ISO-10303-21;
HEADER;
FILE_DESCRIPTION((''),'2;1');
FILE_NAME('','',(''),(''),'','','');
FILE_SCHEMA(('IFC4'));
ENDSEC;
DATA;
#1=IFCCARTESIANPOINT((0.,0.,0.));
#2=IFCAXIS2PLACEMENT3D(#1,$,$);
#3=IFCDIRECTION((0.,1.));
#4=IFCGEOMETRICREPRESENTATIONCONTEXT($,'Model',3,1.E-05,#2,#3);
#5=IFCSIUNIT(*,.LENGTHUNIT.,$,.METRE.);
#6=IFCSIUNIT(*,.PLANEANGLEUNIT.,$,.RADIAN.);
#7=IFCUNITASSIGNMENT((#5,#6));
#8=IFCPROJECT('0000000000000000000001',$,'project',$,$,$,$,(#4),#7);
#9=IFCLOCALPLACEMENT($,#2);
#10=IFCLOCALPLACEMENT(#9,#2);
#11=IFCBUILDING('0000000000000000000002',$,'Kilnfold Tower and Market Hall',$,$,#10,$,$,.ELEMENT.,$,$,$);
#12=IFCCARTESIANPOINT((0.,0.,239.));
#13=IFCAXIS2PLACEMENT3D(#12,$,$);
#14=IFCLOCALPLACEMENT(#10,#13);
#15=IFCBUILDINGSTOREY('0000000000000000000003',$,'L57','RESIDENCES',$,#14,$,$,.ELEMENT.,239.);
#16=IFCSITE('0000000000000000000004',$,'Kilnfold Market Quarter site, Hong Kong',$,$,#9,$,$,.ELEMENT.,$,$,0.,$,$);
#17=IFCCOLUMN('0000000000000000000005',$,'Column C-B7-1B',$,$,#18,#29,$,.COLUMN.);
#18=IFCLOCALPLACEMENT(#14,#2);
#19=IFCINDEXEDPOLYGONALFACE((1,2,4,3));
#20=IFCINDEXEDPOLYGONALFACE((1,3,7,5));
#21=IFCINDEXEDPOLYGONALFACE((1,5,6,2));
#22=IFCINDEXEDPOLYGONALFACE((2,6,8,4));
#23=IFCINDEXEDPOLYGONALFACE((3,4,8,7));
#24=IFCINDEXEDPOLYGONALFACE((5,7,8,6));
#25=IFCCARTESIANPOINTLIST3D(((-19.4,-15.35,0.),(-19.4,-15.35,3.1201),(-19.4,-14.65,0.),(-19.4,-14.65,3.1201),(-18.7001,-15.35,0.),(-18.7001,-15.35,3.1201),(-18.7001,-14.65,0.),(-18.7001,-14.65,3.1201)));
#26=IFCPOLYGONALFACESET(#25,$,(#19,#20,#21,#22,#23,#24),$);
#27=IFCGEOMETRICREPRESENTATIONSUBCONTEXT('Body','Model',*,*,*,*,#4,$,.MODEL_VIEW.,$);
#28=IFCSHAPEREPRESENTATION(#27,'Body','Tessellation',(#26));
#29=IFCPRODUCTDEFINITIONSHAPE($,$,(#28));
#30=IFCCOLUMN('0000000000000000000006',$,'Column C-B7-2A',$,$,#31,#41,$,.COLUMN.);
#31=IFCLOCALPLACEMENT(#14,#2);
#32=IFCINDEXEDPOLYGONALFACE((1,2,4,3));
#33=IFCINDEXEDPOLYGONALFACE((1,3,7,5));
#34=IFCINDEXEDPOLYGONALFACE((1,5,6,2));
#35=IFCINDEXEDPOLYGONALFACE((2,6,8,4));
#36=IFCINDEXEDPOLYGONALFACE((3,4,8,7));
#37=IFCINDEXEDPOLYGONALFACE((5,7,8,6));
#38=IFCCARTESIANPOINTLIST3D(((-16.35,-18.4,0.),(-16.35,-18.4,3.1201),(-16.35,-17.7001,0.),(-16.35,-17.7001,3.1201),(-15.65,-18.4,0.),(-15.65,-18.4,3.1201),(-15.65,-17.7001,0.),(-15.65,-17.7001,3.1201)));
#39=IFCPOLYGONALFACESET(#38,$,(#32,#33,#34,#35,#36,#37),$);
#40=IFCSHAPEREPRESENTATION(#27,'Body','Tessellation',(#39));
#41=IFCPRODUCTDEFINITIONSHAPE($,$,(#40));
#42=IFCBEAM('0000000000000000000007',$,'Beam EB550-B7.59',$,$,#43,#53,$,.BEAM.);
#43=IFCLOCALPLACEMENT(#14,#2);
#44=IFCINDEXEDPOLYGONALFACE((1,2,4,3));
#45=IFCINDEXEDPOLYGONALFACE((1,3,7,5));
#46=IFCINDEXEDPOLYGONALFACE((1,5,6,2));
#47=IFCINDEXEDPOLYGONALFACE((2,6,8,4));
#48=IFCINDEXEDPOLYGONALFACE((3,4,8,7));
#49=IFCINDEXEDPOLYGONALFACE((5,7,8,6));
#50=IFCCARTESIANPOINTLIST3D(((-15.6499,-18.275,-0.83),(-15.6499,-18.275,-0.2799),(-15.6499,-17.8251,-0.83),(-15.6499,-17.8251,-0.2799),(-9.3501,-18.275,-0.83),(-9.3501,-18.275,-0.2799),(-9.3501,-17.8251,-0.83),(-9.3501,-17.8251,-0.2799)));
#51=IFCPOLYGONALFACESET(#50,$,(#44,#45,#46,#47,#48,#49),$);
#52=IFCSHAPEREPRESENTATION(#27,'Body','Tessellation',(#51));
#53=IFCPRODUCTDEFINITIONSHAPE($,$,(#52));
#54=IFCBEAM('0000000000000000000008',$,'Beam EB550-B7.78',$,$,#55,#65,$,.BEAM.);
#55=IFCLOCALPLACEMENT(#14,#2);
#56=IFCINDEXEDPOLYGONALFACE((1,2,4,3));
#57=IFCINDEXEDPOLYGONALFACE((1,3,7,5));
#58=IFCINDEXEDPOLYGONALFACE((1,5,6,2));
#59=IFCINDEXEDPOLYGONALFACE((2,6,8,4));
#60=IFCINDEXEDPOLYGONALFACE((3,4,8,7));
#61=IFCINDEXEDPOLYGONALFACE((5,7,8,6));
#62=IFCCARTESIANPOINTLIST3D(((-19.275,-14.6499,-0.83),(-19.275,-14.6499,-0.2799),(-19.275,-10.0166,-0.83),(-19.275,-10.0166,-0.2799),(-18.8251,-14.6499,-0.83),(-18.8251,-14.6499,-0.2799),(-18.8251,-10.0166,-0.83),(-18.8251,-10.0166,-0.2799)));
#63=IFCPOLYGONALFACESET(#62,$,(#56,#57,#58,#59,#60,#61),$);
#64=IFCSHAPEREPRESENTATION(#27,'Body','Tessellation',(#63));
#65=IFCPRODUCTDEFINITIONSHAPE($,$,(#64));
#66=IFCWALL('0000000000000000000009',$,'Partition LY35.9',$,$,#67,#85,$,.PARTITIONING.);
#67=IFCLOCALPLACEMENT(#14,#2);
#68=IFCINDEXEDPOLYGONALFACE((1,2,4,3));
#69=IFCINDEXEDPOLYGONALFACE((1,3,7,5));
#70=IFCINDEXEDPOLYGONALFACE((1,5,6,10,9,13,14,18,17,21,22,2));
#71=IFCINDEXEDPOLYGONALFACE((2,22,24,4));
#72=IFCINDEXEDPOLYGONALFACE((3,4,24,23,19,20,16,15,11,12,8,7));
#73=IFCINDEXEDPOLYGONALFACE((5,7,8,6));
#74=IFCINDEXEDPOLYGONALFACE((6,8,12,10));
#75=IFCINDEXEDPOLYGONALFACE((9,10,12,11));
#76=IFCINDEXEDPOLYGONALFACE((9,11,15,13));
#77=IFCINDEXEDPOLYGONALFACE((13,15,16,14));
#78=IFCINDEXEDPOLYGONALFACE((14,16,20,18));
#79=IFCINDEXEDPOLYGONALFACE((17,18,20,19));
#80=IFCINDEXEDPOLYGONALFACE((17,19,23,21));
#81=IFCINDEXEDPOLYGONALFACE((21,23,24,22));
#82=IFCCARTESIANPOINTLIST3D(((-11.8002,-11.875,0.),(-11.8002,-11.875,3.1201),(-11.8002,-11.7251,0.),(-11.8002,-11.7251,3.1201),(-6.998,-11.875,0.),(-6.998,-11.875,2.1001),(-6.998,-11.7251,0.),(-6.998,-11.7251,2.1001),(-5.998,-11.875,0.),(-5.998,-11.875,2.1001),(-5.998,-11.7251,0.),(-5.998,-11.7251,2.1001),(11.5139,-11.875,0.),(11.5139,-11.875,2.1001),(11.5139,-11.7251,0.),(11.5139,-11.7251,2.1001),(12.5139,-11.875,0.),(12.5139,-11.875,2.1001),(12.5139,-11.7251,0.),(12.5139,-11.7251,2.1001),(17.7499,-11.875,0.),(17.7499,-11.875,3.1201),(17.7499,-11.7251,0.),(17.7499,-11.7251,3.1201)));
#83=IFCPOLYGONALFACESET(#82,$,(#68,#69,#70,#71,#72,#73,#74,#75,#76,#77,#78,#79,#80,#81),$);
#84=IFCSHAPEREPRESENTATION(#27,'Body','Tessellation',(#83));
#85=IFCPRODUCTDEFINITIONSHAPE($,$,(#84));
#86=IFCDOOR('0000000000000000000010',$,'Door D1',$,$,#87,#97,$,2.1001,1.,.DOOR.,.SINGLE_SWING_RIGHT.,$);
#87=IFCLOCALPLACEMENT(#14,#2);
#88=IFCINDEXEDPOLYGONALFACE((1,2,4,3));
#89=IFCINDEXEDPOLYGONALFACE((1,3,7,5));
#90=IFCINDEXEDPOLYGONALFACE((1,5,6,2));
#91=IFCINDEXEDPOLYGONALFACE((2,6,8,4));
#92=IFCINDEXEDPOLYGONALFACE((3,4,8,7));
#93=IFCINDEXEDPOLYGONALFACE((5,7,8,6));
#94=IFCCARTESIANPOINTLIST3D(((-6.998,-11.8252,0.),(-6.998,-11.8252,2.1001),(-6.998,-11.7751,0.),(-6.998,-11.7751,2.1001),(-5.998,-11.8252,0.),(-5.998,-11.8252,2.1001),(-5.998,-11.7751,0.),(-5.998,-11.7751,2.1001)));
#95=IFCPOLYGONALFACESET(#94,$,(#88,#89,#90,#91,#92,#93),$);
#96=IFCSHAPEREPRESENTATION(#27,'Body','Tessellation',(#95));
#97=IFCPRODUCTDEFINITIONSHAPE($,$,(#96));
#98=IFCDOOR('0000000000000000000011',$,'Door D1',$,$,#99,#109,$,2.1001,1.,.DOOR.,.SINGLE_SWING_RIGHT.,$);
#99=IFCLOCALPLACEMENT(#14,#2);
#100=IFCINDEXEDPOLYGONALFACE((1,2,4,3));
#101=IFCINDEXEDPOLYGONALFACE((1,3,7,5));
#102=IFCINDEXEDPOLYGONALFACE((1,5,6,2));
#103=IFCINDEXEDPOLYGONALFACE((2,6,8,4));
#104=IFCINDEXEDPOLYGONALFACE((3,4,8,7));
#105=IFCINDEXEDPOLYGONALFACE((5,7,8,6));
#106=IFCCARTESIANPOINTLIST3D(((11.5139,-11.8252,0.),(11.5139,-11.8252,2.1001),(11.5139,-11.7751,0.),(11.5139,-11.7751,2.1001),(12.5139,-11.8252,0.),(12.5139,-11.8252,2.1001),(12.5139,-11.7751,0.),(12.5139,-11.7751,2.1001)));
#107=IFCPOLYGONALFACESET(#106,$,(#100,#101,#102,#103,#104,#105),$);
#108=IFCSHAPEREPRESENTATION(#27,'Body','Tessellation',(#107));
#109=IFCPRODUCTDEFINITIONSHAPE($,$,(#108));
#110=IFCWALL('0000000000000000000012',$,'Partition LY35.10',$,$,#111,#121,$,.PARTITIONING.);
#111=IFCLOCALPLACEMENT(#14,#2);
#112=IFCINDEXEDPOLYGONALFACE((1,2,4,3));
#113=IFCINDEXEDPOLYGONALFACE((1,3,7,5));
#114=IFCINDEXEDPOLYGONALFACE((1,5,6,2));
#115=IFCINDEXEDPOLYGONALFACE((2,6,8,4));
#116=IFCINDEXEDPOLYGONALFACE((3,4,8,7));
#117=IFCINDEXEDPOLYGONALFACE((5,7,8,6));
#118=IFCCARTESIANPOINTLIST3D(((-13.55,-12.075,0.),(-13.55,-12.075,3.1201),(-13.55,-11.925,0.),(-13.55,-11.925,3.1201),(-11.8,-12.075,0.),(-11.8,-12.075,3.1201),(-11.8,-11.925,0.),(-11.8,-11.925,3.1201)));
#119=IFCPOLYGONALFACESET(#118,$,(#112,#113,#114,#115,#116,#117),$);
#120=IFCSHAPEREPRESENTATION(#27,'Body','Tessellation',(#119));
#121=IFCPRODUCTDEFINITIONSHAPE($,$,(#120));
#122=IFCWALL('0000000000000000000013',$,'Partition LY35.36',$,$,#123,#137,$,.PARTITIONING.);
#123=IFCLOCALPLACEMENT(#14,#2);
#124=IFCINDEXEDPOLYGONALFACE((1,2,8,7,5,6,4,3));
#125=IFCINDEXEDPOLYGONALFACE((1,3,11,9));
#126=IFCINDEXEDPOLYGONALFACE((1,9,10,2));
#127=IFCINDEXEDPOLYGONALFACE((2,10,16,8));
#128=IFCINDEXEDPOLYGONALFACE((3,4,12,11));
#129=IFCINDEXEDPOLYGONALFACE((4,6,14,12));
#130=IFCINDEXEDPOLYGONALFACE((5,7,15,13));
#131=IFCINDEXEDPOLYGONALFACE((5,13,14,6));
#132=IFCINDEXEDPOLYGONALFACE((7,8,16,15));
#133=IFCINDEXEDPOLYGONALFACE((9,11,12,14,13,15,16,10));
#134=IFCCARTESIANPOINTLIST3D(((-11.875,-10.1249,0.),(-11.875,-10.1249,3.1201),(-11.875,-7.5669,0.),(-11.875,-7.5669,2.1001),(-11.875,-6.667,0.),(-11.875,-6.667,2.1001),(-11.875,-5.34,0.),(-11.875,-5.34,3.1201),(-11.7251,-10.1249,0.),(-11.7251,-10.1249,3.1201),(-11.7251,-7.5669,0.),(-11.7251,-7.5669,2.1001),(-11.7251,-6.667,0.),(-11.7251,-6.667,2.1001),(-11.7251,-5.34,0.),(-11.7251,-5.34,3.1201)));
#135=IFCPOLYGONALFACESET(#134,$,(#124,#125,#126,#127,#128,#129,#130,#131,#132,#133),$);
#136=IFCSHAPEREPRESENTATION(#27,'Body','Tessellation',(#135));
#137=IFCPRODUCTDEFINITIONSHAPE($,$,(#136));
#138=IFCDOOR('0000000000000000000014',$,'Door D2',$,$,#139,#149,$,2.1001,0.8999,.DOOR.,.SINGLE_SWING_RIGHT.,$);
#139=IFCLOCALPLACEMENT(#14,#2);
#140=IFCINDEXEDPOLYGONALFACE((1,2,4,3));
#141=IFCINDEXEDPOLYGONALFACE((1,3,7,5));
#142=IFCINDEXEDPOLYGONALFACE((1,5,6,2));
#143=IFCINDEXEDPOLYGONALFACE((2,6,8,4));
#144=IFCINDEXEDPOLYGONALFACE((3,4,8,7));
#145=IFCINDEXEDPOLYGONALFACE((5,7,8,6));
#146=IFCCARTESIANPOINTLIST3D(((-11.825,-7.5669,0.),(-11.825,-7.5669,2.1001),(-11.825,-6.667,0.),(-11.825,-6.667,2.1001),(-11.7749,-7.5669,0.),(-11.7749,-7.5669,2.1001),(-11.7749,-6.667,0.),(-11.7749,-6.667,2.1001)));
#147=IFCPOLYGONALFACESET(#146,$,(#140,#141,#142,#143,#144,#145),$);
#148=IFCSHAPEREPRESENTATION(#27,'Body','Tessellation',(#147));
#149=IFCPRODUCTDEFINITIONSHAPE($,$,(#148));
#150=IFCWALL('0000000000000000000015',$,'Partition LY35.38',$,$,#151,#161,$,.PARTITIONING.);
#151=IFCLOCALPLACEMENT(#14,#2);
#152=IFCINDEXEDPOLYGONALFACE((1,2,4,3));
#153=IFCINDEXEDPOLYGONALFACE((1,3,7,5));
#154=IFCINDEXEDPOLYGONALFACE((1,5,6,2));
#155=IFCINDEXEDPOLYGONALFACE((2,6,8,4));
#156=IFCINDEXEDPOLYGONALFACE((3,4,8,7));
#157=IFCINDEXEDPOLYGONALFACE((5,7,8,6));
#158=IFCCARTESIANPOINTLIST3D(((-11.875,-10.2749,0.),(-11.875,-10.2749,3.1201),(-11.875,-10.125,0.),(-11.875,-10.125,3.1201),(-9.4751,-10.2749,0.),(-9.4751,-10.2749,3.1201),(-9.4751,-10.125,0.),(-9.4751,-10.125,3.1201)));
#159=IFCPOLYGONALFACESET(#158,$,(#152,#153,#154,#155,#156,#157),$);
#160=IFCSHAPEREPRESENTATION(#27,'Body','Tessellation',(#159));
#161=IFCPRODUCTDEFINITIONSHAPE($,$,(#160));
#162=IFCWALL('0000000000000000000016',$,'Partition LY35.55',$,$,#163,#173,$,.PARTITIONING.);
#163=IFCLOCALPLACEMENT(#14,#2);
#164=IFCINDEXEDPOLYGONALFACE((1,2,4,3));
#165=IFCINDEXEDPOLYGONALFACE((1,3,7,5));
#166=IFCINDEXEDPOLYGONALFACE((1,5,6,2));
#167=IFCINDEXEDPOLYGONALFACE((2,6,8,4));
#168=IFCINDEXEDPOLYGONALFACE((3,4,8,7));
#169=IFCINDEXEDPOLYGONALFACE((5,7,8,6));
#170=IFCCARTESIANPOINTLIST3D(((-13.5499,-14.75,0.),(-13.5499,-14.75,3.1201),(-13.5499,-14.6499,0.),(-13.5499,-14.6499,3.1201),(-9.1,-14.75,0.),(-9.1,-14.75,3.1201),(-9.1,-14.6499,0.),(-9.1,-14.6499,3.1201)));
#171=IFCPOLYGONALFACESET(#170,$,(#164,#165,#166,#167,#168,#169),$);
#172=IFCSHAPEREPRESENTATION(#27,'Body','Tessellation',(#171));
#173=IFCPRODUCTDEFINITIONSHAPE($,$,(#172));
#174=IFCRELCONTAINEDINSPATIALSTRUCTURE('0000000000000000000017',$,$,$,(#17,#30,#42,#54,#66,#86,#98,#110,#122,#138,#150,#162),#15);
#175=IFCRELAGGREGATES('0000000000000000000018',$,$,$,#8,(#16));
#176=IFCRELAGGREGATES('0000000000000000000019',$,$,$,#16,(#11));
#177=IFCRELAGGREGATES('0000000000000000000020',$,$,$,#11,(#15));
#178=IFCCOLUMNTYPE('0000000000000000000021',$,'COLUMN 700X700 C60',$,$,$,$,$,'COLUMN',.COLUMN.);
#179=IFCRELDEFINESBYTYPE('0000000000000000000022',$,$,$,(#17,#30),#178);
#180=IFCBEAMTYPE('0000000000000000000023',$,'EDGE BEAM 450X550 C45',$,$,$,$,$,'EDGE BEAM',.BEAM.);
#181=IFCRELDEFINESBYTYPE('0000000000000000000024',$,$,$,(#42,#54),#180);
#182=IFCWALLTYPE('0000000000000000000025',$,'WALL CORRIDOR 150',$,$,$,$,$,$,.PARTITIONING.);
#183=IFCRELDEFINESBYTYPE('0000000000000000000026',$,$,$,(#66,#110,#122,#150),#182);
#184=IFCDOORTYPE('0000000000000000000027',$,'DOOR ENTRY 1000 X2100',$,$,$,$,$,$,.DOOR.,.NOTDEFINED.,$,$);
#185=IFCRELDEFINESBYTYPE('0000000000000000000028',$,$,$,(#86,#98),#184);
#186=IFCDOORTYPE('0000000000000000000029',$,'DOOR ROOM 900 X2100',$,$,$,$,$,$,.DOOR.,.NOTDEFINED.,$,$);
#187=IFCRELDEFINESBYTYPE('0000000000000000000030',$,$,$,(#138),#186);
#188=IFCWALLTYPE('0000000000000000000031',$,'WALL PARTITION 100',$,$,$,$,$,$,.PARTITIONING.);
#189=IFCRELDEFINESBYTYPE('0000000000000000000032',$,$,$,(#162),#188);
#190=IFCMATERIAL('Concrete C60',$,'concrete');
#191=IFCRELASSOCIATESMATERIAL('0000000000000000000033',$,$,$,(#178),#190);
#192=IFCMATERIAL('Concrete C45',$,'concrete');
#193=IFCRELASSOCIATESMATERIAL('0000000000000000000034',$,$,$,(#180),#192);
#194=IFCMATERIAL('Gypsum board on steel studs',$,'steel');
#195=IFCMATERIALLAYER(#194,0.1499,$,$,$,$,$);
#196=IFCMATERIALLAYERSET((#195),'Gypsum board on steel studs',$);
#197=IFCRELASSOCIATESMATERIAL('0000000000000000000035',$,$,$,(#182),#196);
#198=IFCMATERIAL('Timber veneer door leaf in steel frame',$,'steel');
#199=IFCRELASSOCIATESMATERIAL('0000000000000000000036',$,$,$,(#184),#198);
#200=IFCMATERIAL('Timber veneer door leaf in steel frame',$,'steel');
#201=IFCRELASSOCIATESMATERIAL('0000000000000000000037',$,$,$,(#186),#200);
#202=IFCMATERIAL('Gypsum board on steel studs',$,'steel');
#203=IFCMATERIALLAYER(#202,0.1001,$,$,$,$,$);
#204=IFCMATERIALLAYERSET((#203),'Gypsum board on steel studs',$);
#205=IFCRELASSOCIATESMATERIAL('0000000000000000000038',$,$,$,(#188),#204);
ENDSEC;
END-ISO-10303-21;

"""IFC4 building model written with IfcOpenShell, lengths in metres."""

from ifc_helpers import new_model, si_unit, direction, frame, frame_2d, origin, origin_2d, place, context, subcontext, project, spatial, rectangle, extrude, source, transform, mapped, material, layer, layer_set, material_profile, profile_set, type_object, element, fill, save


model = new_model("IFC4")

# Units and contexts
model_context = context("Model", 3, precision=1e-05, world=origin(), true_north=direction((0.0, 1.0)))
body_context = subcontext(model_context, "Body", "Model", "MODEL_VIEW")
ifc_project = project(units=[si_unit("LENGTHUNIT", "METRE"), si_unit("PLANEANGLEUNIT", "RADIAN")], contexts=[model_context])

# Site, building, storey
site_placement = place(None, origin())
site = spatial("IfcSite", under=ifc_project, at=site_placement, Name="Kilnfold Market Quarter site, Hong Kong", CompositionType="ELEMENT", RefElevation=0.0)
building_placement = place(site_placement, origin())
building = spatial("IfcBuilding", under=site, at=building_placement, Name="Kilnfold Tower and Market Hall", CompositionType="ELEMENT")
storey_placement = place(building_placement, frame((0.0, 0.0, 239.0)))
storey = spatial("IfcBuildingStorey", under=building, at=storey_placement, Name="L57", Description="RESIDENCES", CompositionType="ELEMENT", Elevation=239.0)

# Columns
ifc_material_1 = material(Name="Concrete C60", Category="concrete")
ifc_material_profile_1 = material_profile(ifc_material_1, rectangle(XDim=0.7, YDim=0.7, at=origin_2d()), Name="RC 700x700")
ifc_profile_set_1 = profile_set([ifc_material_profile_1], Name="Concrete C60")
column_type = type_object("IfcColumnType", Name="COLUMN 700X700 C60", ElementType="COLUMN", PredefinedType="COLUMN", material=ifc_profile_set_1)
shared_shape_1 = source(origin(), body_context, "Body", "SweptSolid", [
    extrude(rectangle(XDim=0.7, YDim=0.7, at=origin_2d()), origin(), (0.0, 0.0, 1.0), 3.1201),
])
for number, where, z_axis, x_axis, name in (
    (1, (-19.05, -15.0, 0.0), (0.0, 0.0, 1.0), (1.0, 0.0, 0.0), "Column C-B7-1B"),
    (2, (-16.0, -18.05, 0.0), (0.0, 0.0, 1.0), (1.0, 0.0, 0.0), "Column C-B7-2A"),
):
    element("IfcColumn", number, at=place(storey_placement, frame(where, z_axis=z_axis, x_axis=x_axis)), inside=storey, type_object=column_type, Name=name, PredefinedType="COLUMN", context=body_context, shape_type="MappedRepresentation", body=[
        mapped(shared_shape_1, transform((0.0, 0.0, 0.0))),
    ])

# Beams
ifc_material_2 = material(Name="Concrete C45", Category="concrete")
ifc_material_profile_2 = material_profile(ifc_material_2, rectangle(XDim=0.45, YDim=0.55, at=origin_2d()), Name="RC 450x550")
ifc_profile_set_2 = profile_set([ifc_material_profile_2], Name="Concrete C45")
beam_type = type_object("IfcBeamType", Name="EDGE BEAM 450X550 C45", ElementType="EDGE BEAM", PredefinedType="BEAM", material=ifc_profile_set_2)
shared_shape_2 = source(origin(), body_context, "Body", "SweptSolid", [
    extrude(rectangle(XDim=0.45, YDim=0.55, at=origin_2d()), origin(), (0.0, 0.0, 1.0), 6.2998),
])
beam_1_placement = place(storey_placement, frame((-15.6499, -18.05, -0.5549), z_axis=(1.0, 0.0, 0.0), x_axis=(0.0, 1.0, 0.0)))
element("IfcBeam", 3, at=beam_1_placement, inside=storey, type_object=beam_type, Name="Beam EB550-B7.59", PredefinedType="BEAM", context=body_context, shape_type="MappedRepresentation", body=[
    mapped(shared_shape_2, transform((0.0, 0.0, 0.0))),
])
shared_shape_3 = source(origin(), body_context, "Body", "SweptSolid", [
    extrude(rectangle(XDim=0.45, YDim=0.55, at=origin_2d()), origin(), (0.0, 0.0, 1.0), 4.6333),
])
beam_2_placement = place(storey_placement, frame((-19.05, -14.6499, -0.5549), z_axis=(0.0, 1.0, 0.0), x_axis=(-1.0, 0.0, 0.0)))
element("IfcBeam", 4, at=beam_2_placement, inside=storey, type_object=beam_type, Name="Beam EB550-B7.78", PredefinedType="BEAM", context=body_context, shape_type="MappedRepresentation", body=[
    mapped(shared_shape_3, transform((0.0, 0.0, 0.0))),
])

# Wall, openings, doors
ifc_material_3 = material(Name="Gypsum board on steel studs", Category="steel")
ifc_layer_1 = layer(ifc_material_3, 0.1499)
ifc_layer_set_1 = layer_set([ifc_layer_1], Name="Gypsum board on steel studs")
wall_type_1 = type_object("IfcWallType", Name="WALL CORRIDOR 150", PredefinedType="PARTITIONING", material=ifc_layer_set_1)
wall_1_placement = place(storey_placement, frame((-11.8, -11.8, 0.0), z_axis=(0.0, 0.0, 1.0), x_axis=(1.0, 0.0, 0.0)))
wall_1 = element("IfcWall", 5, at=wall_1_placement, inside=storey, type_object=wall_type_1, Name="Partition LY35.9", PredefinedType="PARTITIONING", context=body_context, shape_type="SweptSolid", body=[
    extrude(rectangle(XDim=29.55, YDim=0.1499, at=frame_2d((14.7749, 0.0))), origin(), (0.0, 0.0, 1.0), 3.1201),
])
opening_1_placement = place(wall_1_placement, frame((4.802, 0.0, 0.0)))
opening_1 = element("IfcOpeningElement", 6, at=opening_1_placement, cuts=wall_1, PredefinedType="OPENING", context=body_context, shape_type="SweptSolid", body=[
    extrude(rectangle(XDim=1.0, YDim=2.1001, at=frame_2d((0.5, 1.05))), frame((0.0, 0.085, 0.0), z_axis=(0.0, -1.0, 0.0), x_axis=(1.0, 0.0, 0.0)), (0.0, 0.0, 1.0), 0.1699),
])
opening_2_placement = place(wall_1_placement, frame((23.314, 0.0, 0.0)))
opening_2 = element("IfcOpeningElement", 7, at=opening_2_placement, cuts=wall_1, PredefinedType="OPENING", context=body_context, shape_type="SweptSolid", body=[
    extrude(rectangle(XDim=1.0, YDim=2.1001, at=frame_2d((0.5, 1.05))), frame((0.0, 0.085, 0.0), z_axis=(0.0, -1.0, 0.0), x_axis=(1.0, 0.0, 0.0)), (0.0, 0.0, 1.0), 0.1699),
])
ifc_material_4 = material(Name="Timber veneer door leaf in steel frame", Category="steel")
door_type_1 = type_object("IfcDoorType", Name="DOOR ENTRY 1000 X2100", OperationType="NOTDEFINED", PredefinedType="DOOR", material=ifc_material_4)
door_1_placement = place(opening_1_placement, origin())
door_1 = element("IfcDoor", 8, at=door_1_placement, inside=storey, type_object=door_type_1, Name="Door D1", OperationType="SINGLE_SWING_RIGHT", OverallHeight=2.1001, OverallWidth=1.0, PredefinedType="DOOR", context=body_context, shape_type="SweptSolid", body=[
    extrude(rectangle(XDim=1.0, YDim=2.1001, at=frame_2d((0.5, 1.05))), frame((0.0, 0.0249, 0.0), z_axis=(0.0, -1.0, 0.0), x_axis=(1.0, 0.0, 0.0)), (0.0, 0.0, 1.0), 0.05),
])
fill(opening_1, door_1)
door_2_placement = place(opening_2_placement, origin())
door_2 = element("IfcDoor", 9, at=door_2_placement, inside=storey, type_object=door_type_1, Name="Door D1", OperationType="SINGLE_SWING_RIGHT", OverallHeight=2.1001, OverallWidth=1.0, PredefinedType="DOOR", context=body_context, shape_type="SweptSolid", body=[
    extrude(rectangle(XDim=1.0, YDim=2.1001, at=frame_2d((0.5, 1.05))), frame((0.0, 0.0249, 0.0), z_axis=(0.0, -1.0, 0.0), x_axis=(1.0, 0.0, 0.0)), (0.0, 0.0, 1.0), 0.05),
])
fill(opening_2, door_2)

# Wall
wall_2_placement = place(storey_placement, frame((-13.55, -12.0, 0.0), z_axis=(0.0, 0.0, 1.0), x_axis=(1.0, 0.0, 0.0)))
element("IfcWall", 10, at=wall_2_placement, inside=storey, type_object=wall_type_1, Name="Partition LY35.10", PredefinedType="PARTITIONING", context=body_context, shape_type="SweptSolid", body=[
    extrude(rectangle(XDim=1.75, YDim=0.1499, at=frame_2d((0.875, 0.0))), origin(), (0.0, 0.0, 1.0), 3.1201),
])

# Wall, opening, door
wall_3_placement = place(storey_placement, frame((-11.8, -10.125, 0.0), z_axis=(0.0, 0.0, 1.0), x_axis=(0.0, 1.0, 0.0)))
wall_3 = element("IfcWall", 11, at=wall_3_placement, inside=storey, type_object=wall_type_1, Name="Partition LY35.36", PredefinedType="PARTITIONING", context=body_context, shape_type="SweptSolid", body=[
    extrude(rectangle(XDim=4.7849, YDim=0.1499, at=frame_2d((2.3926, 0.0))), origin(), (0.0, 0.0, 1.0), 3.1201),
])
opening_3_placement = place(wall_3_placement, frame((2.5581, 0.0, 0.0)))
opening_3 = element("IfcOpeningElement", 12, at=opening_3_placement, cuts=wall_3, PredefinedType="OPENING", context=body_context, shape_type="SweptSolid", body=[
    extrude(rectangle(XDim=0.8999, YDim=2.1001, at=frame_2d((0.45, 1.05))), frame((0.0, 0.085, 0.0), z_axis=(0.0, -1.0, 0.0), x_axis=(1.0, 0.0, 0.0)), (0.0, 0.0, 1.0), 0.1699),
])
ifc_material_5 = material(Name="Timber veneer door leaf in steel frame", Category="steel")
door_type_2 = type_object("IfcDoorType", Name="DOOR ROOM 900 X2100", OperationType="NOTDEFINED", PredefinedType="DOOR", material=ifc_material_5)
door_3_placement = place(opening_3_placement, origin())
door_3 = element("IfcDoor", 13, at=door_3_placement, inside=storey, type_object=door_type_2, Name="Door D2", OperationType="SINGLE_SWING_RIGHT", OverallHeight=2.1001, OverallWidth=0.8999, PredefinedType="DOOR", context=body_context, shape_type="SweptSolid", body=[
    extrude(rectangle(XDim=0.8999, YDim=2.1001, at=frame_2d((0.45, 1.05))), frame((0.0, 0.0249, 0.0), z_axis=(0.0, -1.0, 0.0), x_axis=(1.0, 0.0, 0.0)), (0.0, 0.0, 1.0), 0.05),
])
fill(opening_3, door_3)

# Walls
wall_4_placement = place(storey_placement, frame((-11.875, -10.2, 0.0), z_axis=(0.0, 0.0, 1.0), x_axis=(1.0, 0.0, 0.0)))
element("IfcWall", 14, at=wall_4_placement, inside=storey, type_object=wall_type_1, Name="Partition LY35.38", PredefinedType="PARTITIONING", context=body_context, shape_type="SweptSolid", body=[
    extrude(rectangle(XDim=2.3999, YDim=0.1499, at=frame_2d((1.2, 0.0))), origin(), (0.0, 0.0, 1.0), 3.1201),
])
ifc_material_6 = material(Name="Gypsum board on steel studs", Category="steel")
ifc_layer_2 = layer(ifc_material_6, 0.1001)
ifc_layer_set_2 = layer_set([ifc_layer_2], Name="Gypsum board on steel studs")
wall_type_2 = type_object("IfcWallType", Name="WALL PARTITION 100", PredefinedType="PARTITIONING", material=ifc_layer_set_2)
wall_5_placement = place(storey_placement, frame((-13.55, -14.7, 0.0), z_axis=(0.0, 0.0, 1.0), x_axis=(1.0, 0.0, 0.0)))
element("IfcWall", 15, at=wall_5_placement, inside=storey, type_object=wall_type_2, Name="Partition LY35.55", PredefinedType="PARTITIONING", context=body_context, shape_type="SweptSolid", body=[
    extrude(rectangle(XDim=4.45, YDim=0.1001, at=frame_2d((2.2251, 0.0))), origin(), (0.0, 0.0, 1.0), 3.1201),
])

save(model, "model.ifc")
